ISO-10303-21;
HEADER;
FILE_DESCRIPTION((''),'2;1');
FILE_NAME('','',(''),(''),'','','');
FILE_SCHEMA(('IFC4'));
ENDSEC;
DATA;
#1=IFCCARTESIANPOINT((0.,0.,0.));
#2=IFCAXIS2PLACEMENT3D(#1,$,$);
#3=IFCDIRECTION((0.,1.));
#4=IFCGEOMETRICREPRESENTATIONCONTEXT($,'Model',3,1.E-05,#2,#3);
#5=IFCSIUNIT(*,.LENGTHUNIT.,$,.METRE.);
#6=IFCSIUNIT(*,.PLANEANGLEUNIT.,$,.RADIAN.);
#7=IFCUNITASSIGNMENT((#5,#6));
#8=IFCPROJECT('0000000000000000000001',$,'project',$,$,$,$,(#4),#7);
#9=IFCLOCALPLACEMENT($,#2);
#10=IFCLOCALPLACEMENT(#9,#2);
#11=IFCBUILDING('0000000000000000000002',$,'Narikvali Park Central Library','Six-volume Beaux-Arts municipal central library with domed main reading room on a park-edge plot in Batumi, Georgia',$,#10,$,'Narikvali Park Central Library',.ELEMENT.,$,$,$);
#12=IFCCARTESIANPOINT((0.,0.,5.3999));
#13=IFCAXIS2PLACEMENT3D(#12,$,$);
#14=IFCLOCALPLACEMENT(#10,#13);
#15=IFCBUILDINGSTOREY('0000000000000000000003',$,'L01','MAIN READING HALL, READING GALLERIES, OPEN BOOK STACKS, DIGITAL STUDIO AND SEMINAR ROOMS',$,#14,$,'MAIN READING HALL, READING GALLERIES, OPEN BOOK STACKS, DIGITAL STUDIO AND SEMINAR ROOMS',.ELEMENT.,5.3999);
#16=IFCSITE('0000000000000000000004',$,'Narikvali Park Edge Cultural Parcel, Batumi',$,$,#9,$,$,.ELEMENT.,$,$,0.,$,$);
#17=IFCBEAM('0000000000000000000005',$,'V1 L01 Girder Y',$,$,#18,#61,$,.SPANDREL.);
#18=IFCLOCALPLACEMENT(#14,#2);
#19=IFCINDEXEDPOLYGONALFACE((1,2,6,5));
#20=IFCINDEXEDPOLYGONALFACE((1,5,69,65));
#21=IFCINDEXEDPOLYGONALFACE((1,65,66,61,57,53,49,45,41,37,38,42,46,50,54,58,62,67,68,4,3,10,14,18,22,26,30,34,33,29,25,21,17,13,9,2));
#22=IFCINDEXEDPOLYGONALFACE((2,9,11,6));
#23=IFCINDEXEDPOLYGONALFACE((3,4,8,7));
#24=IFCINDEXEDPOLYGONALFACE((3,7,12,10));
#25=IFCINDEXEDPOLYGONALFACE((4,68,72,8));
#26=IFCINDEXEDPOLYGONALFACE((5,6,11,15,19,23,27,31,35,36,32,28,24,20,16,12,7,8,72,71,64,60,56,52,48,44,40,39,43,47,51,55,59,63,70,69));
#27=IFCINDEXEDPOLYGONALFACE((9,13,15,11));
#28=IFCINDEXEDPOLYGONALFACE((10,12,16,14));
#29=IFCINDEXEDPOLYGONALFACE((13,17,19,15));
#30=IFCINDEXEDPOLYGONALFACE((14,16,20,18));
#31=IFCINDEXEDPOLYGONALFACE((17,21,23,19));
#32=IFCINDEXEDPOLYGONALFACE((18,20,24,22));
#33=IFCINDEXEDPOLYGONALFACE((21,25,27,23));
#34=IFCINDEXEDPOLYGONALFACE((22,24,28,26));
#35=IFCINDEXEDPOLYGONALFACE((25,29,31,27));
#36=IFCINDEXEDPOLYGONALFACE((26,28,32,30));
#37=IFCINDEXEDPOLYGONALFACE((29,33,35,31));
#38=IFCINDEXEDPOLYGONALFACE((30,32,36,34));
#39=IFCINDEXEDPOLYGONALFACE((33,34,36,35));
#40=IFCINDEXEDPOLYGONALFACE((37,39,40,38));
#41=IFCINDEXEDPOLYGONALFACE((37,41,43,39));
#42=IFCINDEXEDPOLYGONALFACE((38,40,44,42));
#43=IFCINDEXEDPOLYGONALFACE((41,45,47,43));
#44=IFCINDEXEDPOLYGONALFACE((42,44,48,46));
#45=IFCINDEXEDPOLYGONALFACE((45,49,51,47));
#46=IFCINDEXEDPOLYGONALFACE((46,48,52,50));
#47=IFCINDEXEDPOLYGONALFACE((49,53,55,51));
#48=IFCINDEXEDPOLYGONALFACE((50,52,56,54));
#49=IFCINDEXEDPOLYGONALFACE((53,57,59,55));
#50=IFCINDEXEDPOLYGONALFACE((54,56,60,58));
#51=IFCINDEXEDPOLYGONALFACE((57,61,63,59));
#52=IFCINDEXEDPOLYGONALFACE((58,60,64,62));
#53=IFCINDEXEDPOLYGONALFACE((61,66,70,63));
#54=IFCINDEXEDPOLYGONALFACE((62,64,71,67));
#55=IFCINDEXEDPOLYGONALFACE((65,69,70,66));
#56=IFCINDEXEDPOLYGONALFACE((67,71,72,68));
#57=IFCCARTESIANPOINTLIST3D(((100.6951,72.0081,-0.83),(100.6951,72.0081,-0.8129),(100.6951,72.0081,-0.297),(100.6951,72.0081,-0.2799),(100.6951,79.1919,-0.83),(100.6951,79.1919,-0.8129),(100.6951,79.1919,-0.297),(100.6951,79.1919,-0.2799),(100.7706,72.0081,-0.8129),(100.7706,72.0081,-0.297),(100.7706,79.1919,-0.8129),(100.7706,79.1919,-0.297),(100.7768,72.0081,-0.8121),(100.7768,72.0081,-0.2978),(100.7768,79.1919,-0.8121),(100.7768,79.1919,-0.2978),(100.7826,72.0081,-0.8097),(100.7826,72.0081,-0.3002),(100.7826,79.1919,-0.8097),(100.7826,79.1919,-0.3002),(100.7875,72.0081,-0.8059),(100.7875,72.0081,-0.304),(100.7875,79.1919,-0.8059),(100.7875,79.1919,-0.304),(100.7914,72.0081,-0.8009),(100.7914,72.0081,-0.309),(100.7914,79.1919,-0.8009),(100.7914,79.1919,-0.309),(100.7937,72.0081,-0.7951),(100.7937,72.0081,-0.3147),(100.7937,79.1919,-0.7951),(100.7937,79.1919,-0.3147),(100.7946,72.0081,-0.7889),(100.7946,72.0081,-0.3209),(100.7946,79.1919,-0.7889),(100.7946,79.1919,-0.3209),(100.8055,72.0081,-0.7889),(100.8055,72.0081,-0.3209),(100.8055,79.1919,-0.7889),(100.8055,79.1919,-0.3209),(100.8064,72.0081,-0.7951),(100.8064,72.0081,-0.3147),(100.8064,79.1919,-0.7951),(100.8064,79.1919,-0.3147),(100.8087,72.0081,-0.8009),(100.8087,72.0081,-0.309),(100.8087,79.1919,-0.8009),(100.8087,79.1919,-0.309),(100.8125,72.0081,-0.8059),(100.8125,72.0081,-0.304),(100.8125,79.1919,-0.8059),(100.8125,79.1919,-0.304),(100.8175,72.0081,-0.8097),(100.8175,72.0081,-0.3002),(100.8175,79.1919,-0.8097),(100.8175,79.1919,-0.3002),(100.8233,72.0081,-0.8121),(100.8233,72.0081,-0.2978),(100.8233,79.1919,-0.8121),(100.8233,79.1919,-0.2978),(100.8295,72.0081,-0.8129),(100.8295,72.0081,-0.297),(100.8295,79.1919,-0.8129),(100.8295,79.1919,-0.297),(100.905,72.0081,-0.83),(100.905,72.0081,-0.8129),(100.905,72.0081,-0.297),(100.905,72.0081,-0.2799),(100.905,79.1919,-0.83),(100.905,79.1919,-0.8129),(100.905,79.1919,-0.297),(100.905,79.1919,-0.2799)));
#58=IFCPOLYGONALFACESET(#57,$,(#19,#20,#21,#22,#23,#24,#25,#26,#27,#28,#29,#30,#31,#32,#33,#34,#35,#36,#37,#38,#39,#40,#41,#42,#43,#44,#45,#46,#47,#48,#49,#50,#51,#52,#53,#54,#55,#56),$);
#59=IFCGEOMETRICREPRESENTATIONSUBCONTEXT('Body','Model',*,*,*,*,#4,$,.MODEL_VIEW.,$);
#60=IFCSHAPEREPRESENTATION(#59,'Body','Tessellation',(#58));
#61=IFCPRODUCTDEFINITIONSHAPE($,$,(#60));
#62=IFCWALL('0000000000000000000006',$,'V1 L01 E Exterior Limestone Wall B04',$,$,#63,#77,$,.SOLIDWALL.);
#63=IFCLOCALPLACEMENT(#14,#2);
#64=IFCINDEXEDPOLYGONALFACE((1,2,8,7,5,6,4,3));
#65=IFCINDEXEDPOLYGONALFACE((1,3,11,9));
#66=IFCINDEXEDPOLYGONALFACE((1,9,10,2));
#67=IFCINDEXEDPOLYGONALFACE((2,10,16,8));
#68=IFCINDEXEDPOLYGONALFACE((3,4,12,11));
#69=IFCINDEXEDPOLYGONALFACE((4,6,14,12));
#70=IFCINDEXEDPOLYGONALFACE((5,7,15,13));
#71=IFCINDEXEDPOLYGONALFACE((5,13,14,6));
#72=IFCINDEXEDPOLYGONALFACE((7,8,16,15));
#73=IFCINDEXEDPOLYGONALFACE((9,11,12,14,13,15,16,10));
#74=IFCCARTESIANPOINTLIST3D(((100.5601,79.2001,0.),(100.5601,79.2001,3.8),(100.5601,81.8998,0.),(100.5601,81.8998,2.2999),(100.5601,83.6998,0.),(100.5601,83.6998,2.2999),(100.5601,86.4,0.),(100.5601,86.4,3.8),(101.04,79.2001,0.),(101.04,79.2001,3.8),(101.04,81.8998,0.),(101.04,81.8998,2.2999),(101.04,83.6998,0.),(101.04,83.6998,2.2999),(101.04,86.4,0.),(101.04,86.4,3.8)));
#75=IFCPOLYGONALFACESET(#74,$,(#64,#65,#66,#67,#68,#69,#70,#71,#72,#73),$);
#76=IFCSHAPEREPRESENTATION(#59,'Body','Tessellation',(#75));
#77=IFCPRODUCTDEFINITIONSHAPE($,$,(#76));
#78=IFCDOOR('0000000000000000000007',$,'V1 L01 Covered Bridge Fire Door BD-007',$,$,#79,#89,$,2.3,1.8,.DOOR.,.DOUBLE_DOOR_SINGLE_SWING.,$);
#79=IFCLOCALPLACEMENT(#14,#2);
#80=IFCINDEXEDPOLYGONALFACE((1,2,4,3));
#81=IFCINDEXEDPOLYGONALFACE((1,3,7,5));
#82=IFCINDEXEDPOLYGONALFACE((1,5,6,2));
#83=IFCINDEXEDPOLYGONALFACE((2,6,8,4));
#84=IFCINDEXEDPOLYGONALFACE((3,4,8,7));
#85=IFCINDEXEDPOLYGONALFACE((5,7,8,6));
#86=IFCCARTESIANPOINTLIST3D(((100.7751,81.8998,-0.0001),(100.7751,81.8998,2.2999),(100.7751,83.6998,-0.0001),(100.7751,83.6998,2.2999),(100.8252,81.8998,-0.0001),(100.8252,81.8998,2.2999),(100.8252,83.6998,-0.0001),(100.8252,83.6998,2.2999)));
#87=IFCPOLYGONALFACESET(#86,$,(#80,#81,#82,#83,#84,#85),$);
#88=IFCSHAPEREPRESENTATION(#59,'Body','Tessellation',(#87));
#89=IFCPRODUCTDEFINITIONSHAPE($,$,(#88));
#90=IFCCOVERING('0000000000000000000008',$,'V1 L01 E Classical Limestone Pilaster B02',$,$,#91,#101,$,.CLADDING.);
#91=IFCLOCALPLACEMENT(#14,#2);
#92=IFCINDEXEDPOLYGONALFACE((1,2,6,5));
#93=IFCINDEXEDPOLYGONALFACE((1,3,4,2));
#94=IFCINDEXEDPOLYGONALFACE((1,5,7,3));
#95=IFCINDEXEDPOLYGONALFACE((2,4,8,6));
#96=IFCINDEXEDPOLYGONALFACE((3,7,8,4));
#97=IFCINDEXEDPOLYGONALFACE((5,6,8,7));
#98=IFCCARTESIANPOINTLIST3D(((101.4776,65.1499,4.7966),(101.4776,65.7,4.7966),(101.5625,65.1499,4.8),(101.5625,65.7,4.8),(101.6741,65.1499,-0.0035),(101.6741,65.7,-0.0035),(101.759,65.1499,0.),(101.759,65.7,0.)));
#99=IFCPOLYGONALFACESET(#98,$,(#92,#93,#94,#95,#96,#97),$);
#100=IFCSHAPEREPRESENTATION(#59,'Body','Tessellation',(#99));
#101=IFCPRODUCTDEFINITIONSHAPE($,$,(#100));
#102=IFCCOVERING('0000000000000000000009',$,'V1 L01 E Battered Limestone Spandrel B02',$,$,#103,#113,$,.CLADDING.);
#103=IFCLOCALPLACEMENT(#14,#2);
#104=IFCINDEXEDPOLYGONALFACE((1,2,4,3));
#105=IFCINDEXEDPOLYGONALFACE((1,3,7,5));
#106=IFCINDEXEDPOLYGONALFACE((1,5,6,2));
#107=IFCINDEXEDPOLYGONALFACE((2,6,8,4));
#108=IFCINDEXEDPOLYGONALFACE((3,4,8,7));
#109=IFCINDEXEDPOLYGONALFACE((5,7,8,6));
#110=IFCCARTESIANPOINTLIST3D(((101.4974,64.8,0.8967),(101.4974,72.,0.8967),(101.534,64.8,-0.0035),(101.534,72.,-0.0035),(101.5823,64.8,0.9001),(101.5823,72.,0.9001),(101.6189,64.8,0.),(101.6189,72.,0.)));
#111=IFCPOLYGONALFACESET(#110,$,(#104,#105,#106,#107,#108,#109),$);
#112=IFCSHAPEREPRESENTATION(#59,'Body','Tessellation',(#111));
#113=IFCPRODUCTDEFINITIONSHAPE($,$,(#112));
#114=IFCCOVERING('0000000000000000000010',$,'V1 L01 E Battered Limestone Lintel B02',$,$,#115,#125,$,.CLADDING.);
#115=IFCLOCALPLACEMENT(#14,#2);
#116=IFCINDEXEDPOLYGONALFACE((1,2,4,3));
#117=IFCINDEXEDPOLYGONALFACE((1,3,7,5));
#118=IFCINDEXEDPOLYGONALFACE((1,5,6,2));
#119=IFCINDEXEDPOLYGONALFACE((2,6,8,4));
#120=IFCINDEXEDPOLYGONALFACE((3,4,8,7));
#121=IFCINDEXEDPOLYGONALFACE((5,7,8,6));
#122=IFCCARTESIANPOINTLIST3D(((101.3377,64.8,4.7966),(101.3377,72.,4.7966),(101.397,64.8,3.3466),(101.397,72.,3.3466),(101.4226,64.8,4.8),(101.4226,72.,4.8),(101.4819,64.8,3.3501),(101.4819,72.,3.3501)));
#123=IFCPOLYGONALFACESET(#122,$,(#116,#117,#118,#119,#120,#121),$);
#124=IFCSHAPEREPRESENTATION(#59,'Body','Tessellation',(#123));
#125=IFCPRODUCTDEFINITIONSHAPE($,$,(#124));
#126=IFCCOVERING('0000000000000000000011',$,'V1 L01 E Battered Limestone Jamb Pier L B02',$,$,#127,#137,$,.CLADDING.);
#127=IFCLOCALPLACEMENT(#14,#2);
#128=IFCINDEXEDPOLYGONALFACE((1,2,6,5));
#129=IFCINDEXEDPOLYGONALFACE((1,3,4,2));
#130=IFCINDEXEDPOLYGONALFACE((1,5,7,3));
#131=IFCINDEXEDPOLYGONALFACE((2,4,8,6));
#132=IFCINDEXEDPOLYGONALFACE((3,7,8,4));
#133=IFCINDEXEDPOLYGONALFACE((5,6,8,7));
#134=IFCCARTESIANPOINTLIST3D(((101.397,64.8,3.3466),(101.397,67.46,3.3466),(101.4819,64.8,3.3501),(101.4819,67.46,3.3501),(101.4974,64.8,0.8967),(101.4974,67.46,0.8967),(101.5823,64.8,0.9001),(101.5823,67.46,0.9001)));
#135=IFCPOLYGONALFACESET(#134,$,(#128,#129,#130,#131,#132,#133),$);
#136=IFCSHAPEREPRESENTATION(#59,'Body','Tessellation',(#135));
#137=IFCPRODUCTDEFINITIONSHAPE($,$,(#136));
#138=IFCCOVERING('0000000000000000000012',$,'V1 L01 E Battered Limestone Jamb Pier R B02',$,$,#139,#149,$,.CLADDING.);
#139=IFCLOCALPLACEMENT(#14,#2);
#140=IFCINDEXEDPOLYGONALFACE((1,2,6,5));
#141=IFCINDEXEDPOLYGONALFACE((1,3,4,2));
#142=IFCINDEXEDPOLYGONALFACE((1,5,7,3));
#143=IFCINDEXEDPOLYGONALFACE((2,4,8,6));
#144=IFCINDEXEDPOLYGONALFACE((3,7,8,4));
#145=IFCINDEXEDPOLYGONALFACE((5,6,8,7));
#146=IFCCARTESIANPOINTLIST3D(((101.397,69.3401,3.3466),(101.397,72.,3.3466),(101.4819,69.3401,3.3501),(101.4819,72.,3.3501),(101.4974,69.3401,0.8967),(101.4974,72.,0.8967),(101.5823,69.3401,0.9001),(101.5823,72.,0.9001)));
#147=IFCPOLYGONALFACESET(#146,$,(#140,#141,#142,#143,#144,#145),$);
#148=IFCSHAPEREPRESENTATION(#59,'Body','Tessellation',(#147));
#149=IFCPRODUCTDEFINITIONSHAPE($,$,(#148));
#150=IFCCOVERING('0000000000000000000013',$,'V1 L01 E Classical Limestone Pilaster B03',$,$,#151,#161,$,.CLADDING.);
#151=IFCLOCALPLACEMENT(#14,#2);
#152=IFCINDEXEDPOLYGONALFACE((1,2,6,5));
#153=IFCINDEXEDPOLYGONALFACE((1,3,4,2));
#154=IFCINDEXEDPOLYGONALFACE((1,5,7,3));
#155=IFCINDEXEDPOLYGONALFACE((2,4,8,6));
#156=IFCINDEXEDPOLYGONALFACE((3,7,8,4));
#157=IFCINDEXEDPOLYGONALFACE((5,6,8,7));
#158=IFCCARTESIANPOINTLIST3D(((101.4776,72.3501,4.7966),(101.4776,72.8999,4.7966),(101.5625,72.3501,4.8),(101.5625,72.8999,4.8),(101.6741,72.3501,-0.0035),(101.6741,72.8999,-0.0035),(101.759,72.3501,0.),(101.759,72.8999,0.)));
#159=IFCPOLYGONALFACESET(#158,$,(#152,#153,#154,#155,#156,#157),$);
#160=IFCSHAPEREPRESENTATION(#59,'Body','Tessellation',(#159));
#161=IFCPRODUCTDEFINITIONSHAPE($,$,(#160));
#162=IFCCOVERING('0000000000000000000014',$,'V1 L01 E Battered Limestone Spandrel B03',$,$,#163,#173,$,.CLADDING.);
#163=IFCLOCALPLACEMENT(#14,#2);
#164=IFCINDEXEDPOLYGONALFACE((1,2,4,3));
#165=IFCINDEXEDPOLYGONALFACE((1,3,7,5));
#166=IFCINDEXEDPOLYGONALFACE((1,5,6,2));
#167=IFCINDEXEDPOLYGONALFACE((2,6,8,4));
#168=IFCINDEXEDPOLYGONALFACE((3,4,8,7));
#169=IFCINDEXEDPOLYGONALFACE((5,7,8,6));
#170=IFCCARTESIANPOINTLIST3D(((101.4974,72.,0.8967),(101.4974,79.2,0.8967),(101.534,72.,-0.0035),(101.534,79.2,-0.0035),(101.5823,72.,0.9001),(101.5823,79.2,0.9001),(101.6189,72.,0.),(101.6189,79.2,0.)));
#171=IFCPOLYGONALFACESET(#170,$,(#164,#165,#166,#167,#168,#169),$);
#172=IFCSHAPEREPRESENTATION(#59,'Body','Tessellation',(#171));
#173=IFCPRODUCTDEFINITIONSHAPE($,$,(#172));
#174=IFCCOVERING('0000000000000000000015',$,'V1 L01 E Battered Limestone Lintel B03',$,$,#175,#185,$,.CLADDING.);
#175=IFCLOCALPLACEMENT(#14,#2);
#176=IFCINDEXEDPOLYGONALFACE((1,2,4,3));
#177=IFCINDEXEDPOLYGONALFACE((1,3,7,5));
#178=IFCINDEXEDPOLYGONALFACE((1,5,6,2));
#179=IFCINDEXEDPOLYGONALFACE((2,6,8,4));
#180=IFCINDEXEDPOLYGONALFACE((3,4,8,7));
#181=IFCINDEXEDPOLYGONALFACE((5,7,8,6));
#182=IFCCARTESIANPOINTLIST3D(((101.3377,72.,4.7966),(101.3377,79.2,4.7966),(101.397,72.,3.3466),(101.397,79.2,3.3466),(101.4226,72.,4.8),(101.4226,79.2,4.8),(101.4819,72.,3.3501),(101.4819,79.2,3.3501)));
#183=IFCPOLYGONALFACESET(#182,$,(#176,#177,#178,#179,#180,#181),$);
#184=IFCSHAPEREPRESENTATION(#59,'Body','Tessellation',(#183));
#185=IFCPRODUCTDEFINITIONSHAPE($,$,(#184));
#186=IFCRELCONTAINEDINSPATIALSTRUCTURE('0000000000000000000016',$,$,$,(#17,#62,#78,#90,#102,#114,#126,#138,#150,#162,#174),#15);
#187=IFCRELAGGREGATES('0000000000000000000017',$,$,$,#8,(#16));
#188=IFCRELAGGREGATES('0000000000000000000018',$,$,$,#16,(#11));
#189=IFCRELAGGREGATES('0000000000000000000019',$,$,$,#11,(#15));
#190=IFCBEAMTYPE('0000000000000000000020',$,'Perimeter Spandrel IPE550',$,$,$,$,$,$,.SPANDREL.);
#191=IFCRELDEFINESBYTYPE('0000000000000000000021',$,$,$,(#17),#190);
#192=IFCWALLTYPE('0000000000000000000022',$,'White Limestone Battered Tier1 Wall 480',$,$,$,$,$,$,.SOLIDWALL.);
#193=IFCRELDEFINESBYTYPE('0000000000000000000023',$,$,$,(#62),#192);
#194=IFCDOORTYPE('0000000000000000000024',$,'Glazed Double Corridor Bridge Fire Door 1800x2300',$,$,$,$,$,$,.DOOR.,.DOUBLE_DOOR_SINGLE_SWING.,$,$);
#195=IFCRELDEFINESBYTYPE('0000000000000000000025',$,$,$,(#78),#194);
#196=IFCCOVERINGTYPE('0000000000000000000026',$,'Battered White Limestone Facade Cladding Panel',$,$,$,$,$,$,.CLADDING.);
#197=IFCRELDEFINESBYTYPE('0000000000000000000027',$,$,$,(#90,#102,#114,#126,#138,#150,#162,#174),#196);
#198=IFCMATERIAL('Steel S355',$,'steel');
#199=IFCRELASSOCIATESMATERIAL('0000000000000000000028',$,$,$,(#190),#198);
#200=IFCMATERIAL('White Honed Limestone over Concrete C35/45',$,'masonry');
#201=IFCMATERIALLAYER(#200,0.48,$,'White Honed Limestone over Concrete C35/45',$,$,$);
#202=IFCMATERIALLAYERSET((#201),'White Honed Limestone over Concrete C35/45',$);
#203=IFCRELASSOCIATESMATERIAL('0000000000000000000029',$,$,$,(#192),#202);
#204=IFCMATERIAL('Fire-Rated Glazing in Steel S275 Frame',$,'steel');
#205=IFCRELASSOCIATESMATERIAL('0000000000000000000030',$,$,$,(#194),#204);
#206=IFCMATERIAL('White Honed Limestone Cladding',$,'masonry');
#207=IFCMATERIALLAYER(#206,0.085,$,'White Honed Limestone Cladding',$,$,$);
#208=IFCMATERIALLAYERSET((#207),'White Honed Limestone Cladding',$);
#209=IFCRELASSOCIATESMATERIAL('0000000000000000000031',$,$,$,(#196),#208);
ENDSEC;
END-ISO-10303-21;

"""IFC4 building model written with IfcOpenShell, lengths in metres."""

from ifc_helpers import new_model, si_unit, direction, frame, frame_2d, origin, origin_2d, place, context, subcontext, project, spatial, polyline, rectangle, i_section, outline, extrude, material, layer, layer_set, material_profile, profile_set, type_object, element, fill, save


model = new_model("IFC4")

# Units and contexts
model_context = context("Model", 3, precision=1e-05, world=origin(), true_north=direction((0.0, 1.0)))
body_context = subcontext(model_context, "Body", "Model", "MODEL_VIEW")
ifc_project = project(units=[si_unit("LENGTHUNIT", "METRE"), si_unit("PLANEANGLEUNIT", "RADIAN")], contexts=[model_context])

# Site, building, storey
site_placement = place(None, origin())
site = spatial("IfcSite", under=ifc_project, at=site_placement, Name="Narikvali Park Edge Cultural Parcel, Batumi", CompositionType="ELEMENT", RefElevation=0.0)
building_placement = place(site_placement, origin())
building = spatial("IfcBuilding", under=site, at=building_placement, Name="Narikvali Park Central Library", Description="Six-volume Beaux-Arts municipal central library with domed main reading room on a park-edge plot in Batumi, Georgia", LongName="Narikvali Park Central Library", CompositionType="ELEMENT")
storey_placement = place(building_placement, frame((0.0, 0.0, 5.3999)))
storey = spatial("IfcBuildingStorey", under=building, at=storey_placement, Name="L01", Description="MAIN READING HALL, READING GALLERIES, OPEN BOOK STACKS, DIGITAL STUDIO AND SEMINAR ROOMS", LongName="MAIN READING HALL, READING GALLERIES, OPEN BOOK STACKS, DIGITAL STUDIO AND SEMINAR ROOMS", CompositionType="ELEMENT", Elevation=5.3999)

# Shared definitions
ifc_material_1 = material(Name="Steel S355", Category="steel")

# Beam
ifc_material_profile_1 = material_profile(ifc_material_1, i_section(OverallWidth=0.21, OverallDepth=0.55, WebThickness=0.011, FlangeThickness=0.0171, FilletRadius=0.0239, at=origin_2d()), Name="IPE 550")
ifc_profile_set_1 = profile_set([ifc_material_profile_1], Name="Steel S355")
beam_type_1 = type_object("IfcBeamType", Name="Perimeter Spandrel IPE550", PredefinedType="SPANDREL", material=ifc_profile_set_1)
beam_1_placement = place(storey_placement, frame((100.8, 72.0081, -0.5549), z_axis=(0.0, 1.0, 0.0), x_axis=(-1.0, 0.0, 0.0)))
element("IfcBeam", 1, at=beam_1_placement, inside=storey, type_object=beam_type_1, Name="V1 L01 Girder Y", PredefinedType="SPANDREL", context=body_context, shape_type="SweptSolid", body=[
    extrude(i_section(OverallWidth=0.21, OverallDepth=0.55, WebThickness=0.011, FlangeThickness=0.0171, FilletRadius=0.0239, at=origin_2d()), origin(), (0.0, 0.0, 1.0), 7.1838),
])

# Wall, opening, door
ifc_material_2 = material(Name="White Honed Limestone over Concrete C35/45", Category="masonry")
ifc_layer_1 = layer(ifc_material_2, 0.48, Name="White Honed Limestone over Concrete C35/45")
ifc_layer_set_1 = layer_set([ifc_layer_1], Name="White Honed Limestone over Concrete C35/45")
wall_type = type_object("IfcWallType", Name="White Limestone Battered Tier1 Wall 480", PredefinedType="SOLIDWALL", material=ifc_layer_set_1)
wall_placement = place(storey_placement, frame((100.8, 79.2, 0.0), z_axis=(0.0, 0.0, 1.0), x_axis=(0.0, 1.0, 0.0)))
wall = element("IfcWall", 2, at=wall_placement, inside=storey, type_object=wall_type, Name="V1 L01 E Exterior Limestone Wall B04", PredefinedType="SOLIDWALL", context=body_context, shape_type="SweptSolid", body=[
    extrude(rectangle(XDim=7.2, YDim=0.48, at=frame_2d((3.6001, 0.0))), origin(), (0.0, 0.0, 1.0), 3.8),
])
opening_placement = place(wall_placement, frame((2.7, 0.0, 0.0)))
opening = element("IfcOpeningElement", 3, at=opening_placement, cuts=wall, PredefinedType="OPENING", context=body_context, shape_type="SweptSolid", body=[
    extrude(rectangle(XDim=1.8, YDim=2.3, at=frame_2d((0.8999, 1.1499))), frame((0.0, 0.252, 0.0), z_axis=(0.0, -1.0, 0.0), x_axis=(1.0, 0.0, 0.0)), (0.0, 0.0, 1.0), 0.5039),
])
ifc_material_3 = material(Name="Fire-Rated Glazing in Steel S275 Frame", Category="steel")
door_type = type_object("IfcDoorType", Name="Glazed Double Corridor Bridge Fire Door 1800x2300", OperationType="DOUBLE_DOOR_SINGLE_SWING", PredefinedType="DOOR", material=ifc_material_3)
door_placement = place(opening_placement, origin())
door = element("IfcDoor", 4, at=door_placement, inside=storey, type_object=door_type, Name="V1 L01 Covered Bridge Fire Door BD-007", OperationType="DOUBLE_DOOR_SINGLE_SWING", OverallHeight=2.3, OverallWidth=1.8, PredefinedType="DOOR", context=body_context, shape_type="SweptSolid", body=[
    extrude(rectangle(XDim=1.8, YDim=2.3, at=frame_2d((0.8999, 1.1499))), frame((0.0, 0.0249, 0.0), z_axis=(0.0, -1.0, 0.0), x_axis=(1.0, 0.0, 0.0)), (0.0, 0.0, 1.0), 0.05),
])
fill(opening, door)

# Coverings
ifc_material_4 = material(Name="White Honed Limestone Cladding", Category="masonry")
ifc_layer_2 = layer(ifc_material_4, 0.085, Name="White Honed Limestone Cladding")
ifc_layer_set_2 = layer_set([ifc_layer_2], Name="White Honed Limestone Cladding")
covering_type = type_object("IfcCoveringType", Name="Battered White Limestone Facade Cladding Panel", PredefinedType="CLADDING", material=ifc_layer_set_2)
covering_1_placement = place(storey_placement, frame((101.759, 65.1499, 0.0), z_axis=(0.999163, 0.0, 0.04091), x_axis=(0.0, 1.0, 0.0)))
element("IfcCovering", 5, at=covering_1_placement, inside=storey, type_object=covering_type, Name="V1 L01 E Classical Limestone Pilaster B02", PredefinedType="CLADDING", context=body_context, shape_type="SweptSolid", body=[
    extrude(outline(polyline([(0.0, 0.0), (0.55, 0.0), (0.55, 4.8041), (0.0, 4.8041), (0.0, 0.0)])), origin(), (0.0, 0.0, -1.0), 0.085),
])
covering_2_placement = place(storey_placement, frame((101.6189, 64.8, 0.0), z_axis=(0.999173, 0.0, 0.04065), x_axis=(0.0, 1.0, 0.0)))
element("IfcCovering", 6, at=covering_2_placement, inside=storey, type_object=covering_type, Name="V1 L01 E Battered Limestone Spandrel B02", PredefinedType="CLADDING", context=body_context, shape_type="SweptSolid", body=[
    extrude(outline(polyline([(0.0, 0.0), (7.2, 0.0), (7.2, 0.9009), (0.0, 0.9009), (0.0, 0.0)])), origin(), (0.0, 0.0, -1.0), 0.085),
])
covering_3_placement = place(storey_placement, frame((101.4819, 64.8, 3.3501), z_axis=(0.999164, 0.0, 0.040882), x_axis=(0.0, 1.0, 0.0)))
element("IfcCovering", 7, at=covering_3_placement, inside=storey, type_object=covering_type, Name="V1 L01 E Battered Limestone Lintel B02", PredefinedType="CLADDING", context=body_context, shape_type="SweptSolid", body=[
    extrude(outline(polyline([(0.0, 0.0), (7.2, 0.0), (7.2, 1.4512), (0.0, 1.4512), (0.0, 0.0)])), origin(), (0.0, 0.0, -1.0), 0.085),
])
for number, where, z_axis, x_axis, name in (
    (8, (101.5823, 64.8, 0.9001), (0.999162, 0.0, 0.040922), (0.0, 1.0, 0.0), "V1 L01 E Battered Limestone Jamb Pier L B02"),
    (9, (101.5823, 69.3401, 0.9001), (0.999162, 0.0, 0.040922), (0.0, 1.0, 0.0), "V1 L01 E Battered Limestone Jamb Pier R B02"),
):
    element("IfcCovering", number, at=place(storey_placement, frame(where, z_axis=z_axis, x_axis=x_axis)), inside=storey, type_object=covering_type, Name=name, PredefinedType="CLADDING", context=body_context, shape_type="SweptSolid", body=[
        extrude(outline(polyline([(0.0, 0.0), (2.6599, 0.0), (2.6599, 2.452), (0.0, 2.452), (0.0, 0.0)])), origin(), (0.0, 0.0, -1.0), 0.085),
    ])
covering_4_placement = place(storey_placement, frame((101.759, 72.3501, 0.0), z_axis=(0.999163, 0.0, 0.04091), x_axis=(0.0, 1.0, 0.0)))
element("IfcCovering", 10, at=covering_4_placement, inside=storey, type_object=covering_type, Name="V1 L01 E Classical Limestone Pilaster B03", PredefinedType="CLADDING", context=body_context, shape_type="SweptSolid", body=[
    extrude(outline(polyline([(0.0, 0.0), (0.5498, 0.0), (0.5498, 4.8041), (0.0, 4.8041), (0.0, 0.0)])), origin(), (0.0, 0.0, -1.0), 0.085),
])
covering_5_placement = place(storey_placement, frame((101.6189, 72.0, 0.0), z_axis=(0.999173, 0.0, 0.04065), x_axis=(0.0, 1.0, 0.0)))
element("IfcCovering", 11, at=covering_5_placement, inside=storey, type_object=covering_type, Name="V1 L01 E Battered Limestone Spandrel B03", PredefinedType="CLADDING", context=body_context, shape_type="SweptSolid", body=[
    extrude(outline(polyline([(0.0, 0.0), (7.2, 0.0), (7.2, 0.9009), (0.0, 0.9009), (0.0, 0.0)])), origin(), (0.0, 0.0, -1.0), 0.085),
])
covering_6_placement = place(storey_placement, frame((101.4819, 72.0, 3.3501), z_axis=(0.999164, 0.0, 0.040882), x_axis=(0.0, 1.0, 0.0)))
element("IfcCovering", 12, at=covering_6_placement, inside=storey, type_object=covering_type, Name="V1 L01 E Battered Limestone Lintel B03", PredefinedType="CLADDING", context=body_context, shape_type="SweptSolid", body=[
    extrude(outline(polyline([(0.0, 0.0), (7.2, 0.0), (7.2, 1.4512), (0.0, 1.4512), (0.0, 0.0)])), origin(), (0.0, 0.0, -1.0), 0.085),
])

save(model, "model.ifc")
